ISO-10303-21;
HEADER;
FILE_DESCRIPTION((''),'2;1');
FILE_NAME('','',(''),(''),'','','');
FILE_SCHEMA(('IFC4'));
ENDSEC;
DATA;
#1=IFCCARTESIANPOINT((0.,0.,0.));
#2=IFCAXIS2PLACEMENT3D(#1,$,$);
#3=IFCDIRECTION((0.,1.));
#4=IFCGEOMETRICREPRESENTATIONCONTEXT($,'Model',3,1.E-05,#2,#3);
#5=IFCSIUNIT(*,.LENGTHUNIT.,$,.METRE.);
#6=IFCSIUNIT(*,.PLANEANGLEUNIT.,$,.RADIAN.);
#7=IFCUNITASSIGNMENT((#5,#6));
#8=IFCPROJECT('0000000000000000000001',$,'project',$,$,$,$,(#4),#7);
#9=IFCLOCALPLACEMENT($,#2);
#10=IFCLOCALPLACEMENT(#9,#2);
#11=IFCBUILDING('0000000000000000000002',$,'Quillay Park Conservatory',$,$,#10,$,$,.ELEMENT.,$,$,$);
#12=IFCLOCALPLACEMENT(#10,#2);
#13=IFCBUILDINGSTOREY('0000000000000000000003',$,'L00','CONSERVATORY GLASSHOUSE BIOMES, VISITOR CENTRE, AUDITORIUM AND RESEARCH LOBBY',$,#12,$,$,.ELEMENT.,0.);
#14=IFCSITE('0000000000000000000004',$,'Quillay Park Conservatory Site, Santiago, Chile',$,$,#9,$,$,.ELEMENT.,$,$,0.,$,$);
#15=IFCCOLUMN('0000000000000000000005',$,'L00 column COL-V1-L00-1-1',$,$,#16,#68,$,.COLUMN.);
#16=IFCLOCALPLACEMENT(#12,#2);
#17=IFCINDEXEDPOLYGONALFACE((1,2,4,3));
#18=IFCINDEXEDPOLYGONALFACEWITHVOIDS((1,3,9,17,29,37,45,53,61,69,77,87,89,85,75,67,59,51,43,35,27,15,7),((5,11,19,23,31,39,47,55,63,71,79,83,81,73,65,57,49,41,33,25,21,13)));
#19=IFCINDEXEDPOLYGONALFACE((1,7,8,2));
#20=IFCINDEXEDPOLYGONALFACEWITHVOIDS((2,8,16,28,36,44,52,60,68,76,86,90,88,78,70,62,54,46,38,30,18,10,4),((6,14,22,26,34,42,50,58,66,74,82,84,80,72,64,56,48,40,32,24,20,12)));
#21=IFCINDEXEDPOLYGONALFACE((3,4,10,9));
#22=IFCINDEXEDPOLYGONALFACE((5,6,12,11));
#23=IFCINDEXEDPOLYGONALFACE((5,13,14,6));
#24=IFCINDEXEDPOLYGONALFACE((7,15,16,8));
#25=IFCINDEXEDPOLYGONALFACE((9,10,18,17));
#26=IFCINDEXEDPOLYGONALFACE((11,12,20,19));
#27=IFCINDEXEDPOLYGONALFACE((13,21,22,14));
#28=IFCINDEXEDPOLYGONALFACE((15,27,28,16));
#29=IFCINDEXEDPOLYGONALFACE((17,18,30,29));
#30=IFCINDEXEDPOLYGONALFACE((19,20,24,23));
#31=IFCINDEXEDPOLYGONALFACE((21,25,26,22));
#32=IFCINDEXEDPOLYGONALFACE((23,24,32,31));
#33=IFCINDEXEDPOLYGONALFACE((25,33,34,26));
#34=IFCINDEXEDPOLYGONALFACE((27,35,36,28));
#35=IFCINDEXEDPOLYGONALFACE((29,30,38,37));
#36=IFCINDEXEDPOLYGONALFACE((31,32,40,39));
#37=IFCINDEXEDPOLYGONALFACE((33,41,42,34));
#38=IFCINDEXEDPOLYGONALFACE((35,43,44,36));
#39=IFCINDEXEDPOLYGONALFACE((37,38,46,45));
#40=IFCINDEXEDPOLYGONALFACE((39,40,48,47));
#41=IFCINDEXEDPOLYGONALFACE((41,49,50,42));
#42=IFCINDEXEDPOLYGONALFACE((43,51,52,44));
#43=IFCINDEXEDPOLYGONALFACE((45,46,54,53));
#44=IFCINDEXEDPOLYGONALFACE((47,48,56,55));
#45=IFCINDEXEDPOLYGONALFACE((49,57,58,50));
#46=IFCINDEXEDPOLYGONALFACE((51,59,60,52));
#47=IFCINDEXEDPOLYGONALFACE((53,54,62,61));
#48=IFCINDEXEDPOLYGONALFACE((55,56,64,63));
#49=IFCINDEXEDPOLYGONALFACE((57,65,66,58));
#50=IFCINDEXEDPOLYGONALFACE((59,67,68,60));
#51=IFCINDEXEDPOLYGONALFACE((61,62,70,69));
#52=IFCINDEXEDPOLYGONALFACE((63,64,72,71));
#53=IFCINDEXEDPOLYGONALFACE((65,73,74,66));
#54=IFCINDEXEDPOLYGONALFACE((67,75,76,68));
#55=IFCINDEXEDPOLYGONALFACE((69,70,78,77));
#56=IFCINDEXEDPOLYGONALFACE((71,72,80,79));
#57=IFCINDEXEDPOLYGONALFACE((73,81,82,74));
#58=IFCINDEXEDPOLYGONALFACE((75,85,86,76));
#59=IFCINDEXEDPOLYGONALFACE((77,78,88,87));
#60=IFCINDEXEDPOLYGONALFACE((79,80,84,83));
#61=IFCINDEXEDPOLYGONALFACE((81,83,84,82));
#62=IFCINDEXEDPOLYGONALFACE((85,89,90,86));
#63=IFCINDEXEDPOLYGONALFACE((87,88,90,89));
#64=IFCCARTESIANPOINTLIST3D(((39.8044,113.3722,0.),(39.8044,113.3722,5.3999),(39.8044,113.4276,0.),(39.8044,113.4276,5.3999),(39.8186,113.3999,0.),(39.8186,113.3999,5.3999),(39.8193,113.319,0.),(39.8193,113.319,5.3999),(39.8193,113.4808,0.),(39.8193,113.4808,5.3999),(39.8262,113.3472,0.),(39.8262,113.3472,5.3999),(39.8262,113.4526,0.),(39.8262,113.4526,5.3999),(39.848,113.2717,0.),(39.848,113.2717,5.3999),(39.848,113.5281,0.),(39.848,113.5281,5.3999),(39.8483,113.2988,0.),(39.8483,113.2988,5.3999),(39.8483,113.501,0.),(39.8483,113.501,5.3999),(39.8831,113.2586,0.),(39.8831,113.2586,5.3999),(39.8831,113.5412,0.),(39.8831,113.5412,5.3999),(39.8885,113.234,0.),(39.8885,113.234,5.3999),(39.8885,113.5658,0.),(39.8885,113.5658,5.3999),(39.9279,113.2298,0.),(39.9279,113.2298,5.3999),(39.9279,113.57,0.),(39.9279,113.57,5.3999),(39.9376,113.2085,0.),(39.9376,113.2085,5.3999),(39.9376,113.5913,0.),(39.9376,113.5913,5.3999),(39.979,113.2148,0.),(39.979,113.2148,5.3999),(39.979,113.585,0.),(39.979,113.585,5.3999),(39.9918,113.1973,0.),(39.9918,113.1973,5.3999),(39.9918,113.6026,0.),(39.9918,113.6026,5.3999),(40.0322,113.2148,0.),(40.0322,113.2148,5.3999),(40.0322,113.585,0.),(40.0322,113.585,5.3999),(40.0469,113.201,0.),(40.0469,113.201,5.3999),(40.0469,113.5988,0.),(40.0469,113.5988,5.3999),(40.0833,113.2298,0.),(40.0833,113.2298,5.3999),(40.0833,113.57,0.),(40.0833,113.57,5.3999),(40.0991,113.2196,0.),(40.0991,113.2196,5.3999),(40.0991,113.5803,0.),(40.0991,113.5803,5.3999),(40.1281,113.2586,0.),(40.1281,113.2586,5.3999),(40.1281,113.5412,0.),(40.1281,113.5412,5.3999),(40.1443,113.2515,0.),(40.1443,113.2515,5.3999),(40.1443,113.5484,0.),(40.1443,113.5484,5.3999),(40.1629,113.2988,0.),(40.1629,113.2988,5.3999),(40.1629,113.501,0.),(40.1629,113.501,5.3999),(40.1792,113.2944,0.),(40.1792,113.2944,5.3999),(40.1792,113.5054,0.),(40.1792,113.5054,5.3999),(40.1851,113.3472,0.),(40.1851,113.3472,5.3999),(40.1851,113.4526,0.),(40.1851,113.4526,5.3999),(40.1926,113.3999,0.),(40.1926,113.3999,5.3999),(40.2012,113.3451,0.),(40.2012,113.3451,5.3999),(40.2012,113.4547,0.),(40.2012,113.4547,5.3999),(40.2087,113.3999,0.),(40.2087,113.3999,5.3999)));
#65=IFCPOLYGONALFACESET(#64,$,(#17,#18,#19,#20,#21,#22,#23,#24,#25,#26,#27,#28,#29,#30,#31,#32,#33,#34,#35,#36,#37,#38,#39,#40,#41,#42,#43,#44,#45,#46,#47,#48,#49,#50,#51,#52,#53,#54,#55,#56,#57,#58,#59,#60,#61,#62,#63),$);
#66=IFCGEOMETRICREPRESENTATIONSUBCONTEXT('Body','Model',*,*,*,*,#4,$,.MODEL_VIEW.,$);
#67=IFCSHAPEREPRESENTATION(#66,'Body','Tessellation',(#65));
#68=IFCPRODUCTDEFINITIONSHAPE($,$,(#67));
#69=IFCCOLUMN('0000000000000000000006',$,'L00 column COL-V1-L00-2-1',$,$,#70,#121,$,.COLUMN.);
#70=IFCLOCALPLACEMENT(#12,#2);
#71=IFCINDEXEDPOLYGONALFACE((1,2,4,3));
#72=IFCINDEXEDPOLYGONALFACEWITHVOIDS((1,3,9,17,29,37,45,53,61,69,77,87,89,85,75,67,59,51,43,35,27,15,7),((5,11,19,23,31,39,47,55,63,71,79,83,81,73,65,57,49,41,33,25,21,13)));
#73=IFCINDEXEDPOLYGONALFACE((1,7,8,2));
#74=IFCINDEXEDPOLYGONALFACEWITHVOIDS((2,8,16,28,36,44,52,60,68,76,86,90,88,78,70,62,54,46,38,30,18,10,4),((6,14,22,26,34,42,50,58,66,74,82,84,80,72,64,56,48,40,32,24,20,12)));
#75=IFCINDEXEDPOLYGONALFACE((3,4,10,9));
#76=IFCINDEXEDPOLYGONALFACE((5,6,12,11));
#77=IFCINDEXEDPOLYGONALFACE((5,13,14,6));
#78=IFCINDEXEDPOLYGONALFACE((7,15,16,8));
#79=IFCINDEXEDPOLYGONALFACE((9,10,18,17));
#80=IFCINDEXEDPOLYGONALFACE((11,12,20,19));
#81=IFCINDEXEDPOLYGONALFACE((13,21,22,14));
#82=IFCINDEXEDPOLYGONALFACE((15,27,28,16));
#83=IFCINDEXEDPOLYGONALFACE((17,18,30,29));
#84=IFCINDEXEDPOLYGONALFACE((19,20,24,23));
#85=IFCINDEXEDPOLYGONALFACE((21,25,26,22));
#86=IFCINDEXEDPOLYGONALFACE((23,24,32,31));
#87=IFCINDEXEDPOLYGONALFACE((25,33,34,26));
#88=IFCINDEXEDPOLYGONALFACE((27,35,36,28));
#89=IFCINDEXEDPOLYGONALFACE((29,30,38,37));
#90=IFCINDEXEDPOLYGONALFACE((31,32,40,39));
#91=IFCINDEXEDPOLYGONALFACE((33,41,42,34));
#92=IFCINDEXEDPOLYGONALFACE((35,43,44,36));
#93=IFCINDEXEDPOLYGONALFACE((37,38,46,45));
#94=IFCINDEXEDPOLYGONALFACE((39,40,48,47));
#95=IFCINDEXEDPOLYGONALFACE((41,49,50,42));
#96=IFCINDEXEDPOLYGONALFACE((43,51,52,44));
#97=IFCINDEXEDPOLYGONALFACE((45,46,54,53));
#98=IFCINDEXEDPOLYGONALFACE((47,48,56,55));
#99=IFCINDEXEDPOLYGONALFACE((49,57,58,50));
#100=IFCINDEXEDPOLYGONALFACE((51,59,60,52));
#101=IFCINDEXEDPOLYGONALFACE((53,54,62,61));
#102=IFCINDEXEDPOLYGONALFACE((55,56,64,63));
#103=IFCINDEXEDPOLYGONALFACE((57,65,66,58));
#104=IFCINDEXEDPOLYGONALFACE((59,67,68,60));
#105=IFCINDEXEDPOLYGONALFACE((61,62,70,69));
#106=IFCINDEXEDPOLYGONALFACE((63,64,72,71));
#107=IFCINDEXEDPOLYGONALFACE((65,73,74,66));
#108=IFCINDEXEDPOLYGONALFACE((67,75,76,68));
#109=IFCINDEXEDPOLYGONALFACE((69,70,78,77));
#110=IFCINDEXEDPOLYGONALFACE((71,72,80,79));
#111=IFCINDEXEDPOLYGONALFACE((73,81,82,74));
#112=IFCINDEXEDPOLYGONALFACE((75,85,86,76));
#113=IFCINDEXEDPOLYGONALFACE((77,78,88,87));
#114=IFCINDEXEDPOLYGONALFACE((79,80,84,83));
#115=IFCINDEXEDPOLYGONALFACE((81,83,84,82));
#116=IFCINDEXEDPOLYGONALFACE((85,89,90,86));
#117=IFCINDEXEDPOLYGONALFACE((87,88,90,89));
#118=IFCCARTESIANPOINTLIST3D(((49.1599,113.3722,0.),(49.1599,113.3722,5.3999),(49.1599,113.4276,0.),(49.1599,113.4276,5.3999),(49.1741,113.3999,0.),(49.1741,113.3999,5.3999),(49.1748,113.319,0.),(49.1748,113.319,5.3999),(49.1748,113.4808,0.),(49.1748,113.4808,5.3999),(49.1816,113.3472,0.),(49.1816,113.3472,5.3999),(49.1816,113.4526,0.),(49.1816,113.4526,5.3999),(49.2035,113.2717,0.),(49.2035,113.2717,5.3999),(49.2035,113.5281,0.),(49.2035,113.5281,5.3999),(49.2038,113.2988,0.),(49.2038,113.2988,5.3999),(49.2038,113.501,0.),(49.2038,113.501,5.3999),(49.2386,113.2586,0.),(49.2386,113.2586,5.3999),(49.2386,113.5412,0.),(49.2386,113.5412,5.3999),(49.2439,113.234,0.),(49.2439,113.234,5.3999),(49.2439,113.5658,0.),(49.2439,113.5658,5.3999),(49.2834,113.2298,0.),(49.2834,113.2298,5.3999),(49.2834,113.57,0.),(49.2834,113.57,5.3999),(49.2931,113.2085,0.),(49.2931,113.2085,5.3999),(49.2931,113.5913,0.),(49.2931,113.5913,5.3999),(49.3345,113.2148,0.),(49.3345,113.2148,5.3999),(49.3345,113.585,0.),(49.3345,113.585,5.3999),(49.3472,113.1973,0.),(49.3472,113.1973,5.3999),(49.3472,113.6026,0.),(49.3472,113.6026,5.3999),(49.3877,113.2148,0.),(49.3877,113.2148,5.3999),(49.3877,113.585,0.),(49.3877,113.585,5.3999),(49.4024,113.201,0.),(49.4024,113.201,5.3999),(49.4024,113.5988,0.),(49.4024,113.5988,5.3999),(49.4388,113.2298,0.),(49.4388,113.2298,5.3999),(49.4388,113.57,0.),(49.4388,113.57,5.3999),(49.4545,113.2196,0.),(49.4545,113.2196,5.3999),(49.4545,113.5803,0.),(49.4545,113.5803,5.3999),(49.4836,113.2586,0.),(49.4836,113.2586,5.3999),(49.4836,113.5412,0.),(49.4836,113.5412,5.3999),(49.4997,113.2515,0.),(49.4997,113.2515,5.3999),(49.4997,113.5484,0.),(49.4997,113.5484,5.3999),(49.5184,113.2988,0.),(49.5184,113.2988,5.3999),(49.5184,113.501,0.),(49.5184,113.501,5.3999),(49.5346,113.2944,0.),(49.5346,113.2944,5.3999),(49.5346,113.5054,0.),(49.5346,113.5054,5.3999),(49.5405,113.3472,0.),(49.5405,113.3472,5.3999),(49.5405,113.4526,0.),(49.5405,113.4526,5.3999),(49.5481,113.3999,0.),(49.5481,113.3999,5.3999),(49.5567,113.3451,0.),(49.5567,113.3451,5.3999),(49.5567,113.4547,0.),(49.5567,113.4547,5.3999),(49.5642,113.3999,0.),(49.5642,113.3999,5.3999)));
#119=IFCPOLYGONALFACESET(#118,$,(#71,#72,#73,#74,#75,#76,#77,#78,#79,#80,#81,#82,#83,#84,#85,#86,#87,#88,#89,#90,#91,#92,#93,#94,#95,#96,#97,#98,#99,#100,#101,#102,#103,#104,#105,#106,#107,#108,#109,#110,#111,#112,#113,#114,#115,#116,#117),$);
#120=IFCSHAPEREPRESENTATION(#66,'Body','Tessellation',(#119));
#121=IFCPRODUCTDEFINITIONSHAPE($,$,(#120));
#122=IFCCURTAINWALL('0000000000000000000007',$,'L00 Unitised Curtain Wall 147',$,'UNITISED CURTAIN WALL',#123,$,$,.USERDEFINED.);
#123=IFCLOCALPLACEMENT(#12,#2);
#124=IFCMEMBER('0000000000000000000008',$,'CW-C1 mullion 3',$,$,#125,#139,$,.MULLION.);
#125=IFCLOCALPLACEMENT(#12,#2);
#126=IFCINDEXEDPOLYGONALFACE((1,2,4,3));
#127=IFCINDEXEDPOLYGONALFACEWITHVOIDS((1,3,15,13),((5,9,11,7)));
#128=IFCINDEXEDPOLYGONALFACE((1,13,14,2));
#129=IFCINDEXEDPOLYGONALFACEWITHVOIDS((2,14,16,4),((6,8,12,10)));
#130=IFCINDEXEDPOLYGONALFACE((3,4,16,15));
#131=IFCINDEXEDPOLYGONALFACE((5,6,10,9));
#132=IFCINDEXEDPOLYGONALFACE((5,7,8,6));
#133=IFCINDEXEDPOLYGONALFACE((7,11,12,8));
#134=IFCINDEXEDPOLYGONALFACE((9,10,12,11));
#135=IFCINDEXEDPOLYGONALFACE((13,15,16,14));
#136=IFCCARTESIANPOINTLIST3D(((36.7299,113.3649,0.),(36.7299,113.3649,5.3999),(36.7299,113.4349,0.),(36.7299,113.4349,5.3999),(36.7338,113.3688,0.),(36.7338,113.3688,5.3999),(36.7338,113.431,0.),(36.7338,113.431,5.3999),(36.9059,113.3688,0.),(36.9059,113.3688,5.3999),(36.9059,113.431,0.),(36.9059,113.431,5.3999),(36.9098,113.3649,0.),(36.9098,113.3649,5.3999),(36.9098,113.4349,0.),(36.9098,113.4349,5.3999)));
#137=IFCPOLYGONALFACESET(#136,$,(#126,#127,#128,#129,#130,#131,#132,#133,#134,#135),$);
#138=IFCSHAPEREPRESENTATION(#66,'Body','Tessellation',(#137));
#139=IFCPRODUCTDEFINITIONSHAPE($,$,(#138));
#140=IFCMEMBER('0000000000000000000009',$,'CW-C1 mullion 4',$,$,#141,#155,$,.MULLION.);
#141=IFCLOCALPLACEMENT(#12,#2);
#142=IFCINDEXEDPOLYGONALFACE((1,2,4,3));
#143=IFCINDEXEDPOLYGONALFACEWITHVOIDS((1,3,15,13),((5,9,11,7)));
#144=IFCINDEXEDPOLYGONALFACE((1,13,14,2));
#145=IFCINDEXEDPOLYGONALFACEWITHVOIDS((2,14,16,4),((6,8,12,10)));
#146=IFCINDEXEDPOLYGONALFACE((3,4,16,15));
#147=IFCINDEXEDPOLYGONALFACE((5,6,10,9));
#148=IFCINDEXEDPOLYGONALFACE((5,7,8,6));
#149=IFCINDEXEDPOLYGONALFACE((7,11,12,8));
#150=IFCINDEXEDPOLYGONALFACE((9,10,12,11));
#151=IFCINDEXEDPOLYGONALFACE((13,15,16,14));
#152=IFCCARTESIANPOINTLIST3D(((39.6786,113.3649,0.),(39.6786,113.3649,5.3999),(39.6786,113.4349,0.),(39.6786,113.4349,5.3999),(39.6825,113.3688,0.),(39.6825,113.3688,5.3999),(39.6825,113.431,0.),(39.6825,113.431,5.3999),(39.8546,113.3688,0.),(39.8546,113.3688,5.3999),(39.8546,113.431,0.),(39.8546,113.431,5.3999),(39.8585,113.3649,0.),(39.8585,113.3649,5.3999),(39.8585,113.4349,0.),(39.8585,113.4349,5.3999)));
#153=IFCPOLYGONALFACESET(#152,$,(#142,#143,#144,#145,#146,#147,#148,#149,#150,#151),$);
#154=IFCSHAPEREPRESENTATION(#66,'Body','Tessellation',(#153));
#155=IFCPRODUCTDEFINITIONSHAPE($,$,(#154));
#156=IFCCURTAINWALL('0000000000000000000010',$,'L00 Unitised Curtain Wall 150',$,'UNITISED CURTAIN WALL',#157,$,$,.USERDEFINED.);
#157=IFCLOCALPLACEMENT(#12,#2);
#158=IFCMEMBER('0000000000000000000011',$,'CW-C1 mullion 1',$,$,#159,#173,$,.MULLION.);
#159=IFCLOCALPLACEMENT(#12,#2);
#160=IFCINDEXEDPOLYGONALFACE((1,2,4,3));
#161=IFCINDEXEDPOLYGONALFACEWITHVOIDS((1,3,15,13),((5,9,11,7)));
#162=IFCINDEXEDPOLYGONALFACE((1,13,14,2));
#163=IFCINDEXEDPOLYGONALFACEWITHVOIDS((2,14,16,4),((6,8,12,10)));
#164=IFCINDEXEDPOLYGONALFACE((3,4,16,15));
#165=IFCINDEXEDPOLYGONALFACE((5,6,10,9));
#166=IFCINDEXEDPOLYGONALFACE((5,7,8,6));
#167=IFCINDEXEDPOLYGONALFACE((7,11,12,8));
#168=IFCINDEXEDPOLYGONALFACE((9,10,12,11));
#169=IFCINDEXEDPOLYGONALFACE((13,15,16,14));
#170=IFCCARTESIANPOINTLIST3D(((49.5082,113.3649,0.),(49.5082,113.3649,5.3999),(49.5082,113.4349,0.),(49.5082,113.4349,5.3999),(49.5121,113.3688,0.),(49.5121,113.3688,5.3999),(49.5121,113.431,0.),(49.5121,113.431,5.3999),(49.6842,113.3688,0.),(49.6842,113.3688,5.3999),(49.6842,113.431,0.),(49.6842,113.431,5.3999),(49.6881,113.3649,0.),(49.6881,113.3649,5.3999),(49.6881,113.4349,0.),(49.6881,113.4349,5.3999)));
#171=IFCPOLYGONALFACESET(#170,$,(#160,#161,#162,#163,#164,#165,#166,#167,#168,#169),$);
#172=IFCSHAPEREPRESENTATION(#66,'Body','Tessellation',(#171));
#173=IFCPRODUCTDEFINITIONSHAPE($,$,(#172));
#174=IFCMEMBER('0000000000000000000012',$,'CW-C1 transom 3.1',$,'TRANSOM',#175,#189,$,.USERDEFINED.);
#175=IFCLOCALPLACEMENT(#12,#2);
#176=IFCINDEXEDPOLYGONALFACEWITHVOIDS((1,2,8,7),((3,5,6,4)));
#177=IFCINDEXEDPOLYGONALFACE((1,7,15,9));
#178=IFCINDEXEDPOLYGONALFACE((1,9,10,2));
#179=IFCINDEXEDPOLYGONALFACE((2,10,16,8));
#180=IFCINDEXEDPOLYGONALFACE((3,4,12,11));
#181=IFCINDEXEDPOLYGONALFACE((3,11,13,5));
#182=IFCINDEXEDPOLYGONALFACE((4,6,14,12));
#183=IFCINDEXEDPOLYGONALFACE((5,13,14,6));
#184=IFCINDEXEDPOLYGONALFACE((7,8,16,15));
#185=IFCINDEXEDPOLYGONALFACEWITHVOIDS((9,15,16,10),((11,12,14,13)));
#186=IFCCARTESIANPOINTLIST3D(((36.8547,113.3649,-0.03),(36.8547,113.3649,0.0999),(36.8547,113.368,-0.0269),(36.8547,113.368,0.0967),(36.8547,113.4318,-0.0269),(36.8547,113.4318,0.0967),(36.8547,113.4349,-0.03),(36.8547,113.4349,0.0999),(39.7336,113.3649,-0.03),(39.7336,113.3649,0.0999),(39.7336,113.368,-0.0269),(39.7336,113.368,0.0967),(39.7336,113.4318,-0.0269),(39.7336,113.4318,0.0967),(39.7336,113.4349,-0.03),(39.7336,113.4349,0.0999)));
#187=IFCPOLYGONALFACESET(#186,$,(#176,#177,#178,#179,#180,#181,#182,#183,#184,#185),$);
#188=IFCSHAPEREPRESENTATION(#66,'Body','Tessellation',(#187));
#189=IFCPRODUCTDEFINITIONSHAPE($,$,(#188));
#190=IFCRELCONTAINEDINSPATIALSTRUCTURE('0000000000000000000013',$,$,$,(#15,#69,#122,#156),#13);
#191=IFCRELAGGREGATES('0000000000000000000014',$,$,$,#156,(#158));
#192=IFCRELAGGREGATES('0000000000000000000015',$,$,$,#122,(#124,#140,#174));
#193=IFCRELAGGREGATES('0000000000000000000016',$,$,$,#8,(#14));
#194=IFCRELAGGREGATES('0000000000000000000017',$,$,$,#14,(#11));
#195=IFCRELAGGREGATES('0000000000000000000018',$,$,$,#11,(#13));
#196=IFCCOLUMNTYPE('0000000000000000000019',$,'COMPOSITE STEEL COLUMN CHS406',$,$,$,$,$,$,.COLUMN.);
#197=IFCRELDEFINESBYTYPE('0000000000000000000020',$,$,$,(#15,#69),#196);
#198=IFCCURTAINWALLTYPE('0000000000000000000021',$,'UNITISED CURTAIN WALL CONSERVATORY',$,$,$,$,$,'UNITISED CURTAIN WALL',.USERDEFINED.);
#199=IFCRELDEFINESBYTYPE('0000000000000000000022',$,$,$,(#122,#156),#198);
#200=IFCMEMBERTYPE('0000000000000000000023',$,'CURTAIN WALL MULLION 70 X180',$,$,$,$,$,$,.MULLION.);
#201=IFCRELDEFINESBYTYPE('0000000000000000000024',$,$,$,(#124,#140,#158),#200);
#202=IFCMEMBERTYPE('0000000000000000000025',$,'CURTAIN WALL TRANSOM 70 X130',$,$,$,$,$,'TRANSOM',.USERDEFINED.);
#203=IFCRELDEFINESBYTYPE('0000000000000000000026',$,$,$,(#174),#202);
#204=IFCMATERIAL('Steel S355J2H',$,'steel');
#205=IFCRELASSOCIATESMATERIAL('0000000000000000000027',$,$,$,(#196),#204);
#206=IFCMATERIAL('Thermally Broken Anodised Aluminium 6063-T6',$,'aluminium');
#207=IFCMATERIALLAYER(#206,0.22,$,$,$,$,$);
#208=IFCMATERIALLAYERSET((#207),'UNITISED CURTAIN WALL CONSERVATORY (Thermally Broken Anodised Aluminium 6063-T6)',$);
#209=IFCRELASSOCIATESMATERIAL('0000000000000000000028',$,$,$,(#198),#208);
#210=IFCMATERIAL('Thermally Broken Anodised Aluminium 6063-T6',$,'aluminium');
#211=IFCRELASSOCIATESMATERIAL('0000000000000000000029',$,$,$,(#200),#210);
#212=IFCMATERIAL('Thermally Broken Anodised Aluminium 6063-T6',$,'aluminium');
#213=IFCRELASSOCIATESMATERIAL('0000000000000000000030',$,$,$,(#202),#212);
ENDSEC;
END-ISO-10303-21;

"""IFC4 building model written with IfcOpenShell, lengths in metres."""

from ifc_helpers import new_model, si_unit, direction, frame, origin, origin_2d, place, context, subcontext, project, spatial, hollow_rectangle, hollow_circle, extrude, material, layer, layer_set, material_profile, profile_set, type_object, element, aggregate, save


model = new_model("IFC4")

# Units and contexts
model_context = context("Model", 3, precision=1e-05, world=origin(), true_north=direction((0.0, 1.0)))
body_context = subcontext(model_context, "Body", "Model", "MODEL_VIEW")
ifc_project = project(units=[si_unit("LENGTHUNIT", "METRE"), si_unit("PLANEANGLEUNIT", "RADIAN")], contexts=[model_context])

# Site, building, storey
site_placement = place(None, origin())
site = spatial("IfcSite", under=ifc_project, at=site_placement, Name="Quillay Park Conservatory Site, Santiago, Chile", CompositionType="ELEMENT", RefElevation=0.0)
building_placement = place(site_placement, origin())
building = spatial("IfcBuilding", under=site, at=building_placement, Name="Quillay Park Conservatory", CompositionType="ELEMENT")
storey_placement = place(building_placement, origin())
storey = spatial("IfcBuildingStorey", under=building, at=storey_placement, Name="L00", Description="CONSERVATORY GLASSHOUSE BIOMES, VISITOR CENTRE, AUDITORIUM AND RESEARCH LOBBY", CompositionType="ELEMENT", Elevation=0.0)

# Columns
ifc_material_1 = material(Name="Steel S355J2H", Category="steel")
ifc_material_profile_1 = material_profile(ifc_material_1, hollow_circle(Radius=0.2031, WallThickness=0.0161, at=origin_2d()), Name="CHS406.4x16")
ifc_profile_set_1 = profile_set([ifc_material_profile_1], Name="Steel S355J2H")
column_type = type_object("IfcColumnType", Name="COMPOSITE STEEL COLUMN CHS406", PredefinedType="COLUMN", material=ifc_profile_set_1)
for number, where, z_axis, x_axis, name in (
    (1, (40.0056, 113.3999, 0.0), (0.0, 0.0, 1.0), (1.0, 0.0, 0.0), "L00 column COL-V1-L00-1-1"),
    (2, (49.3611, 113.3999, 0.0), (0.0, 0.0, 1.0), (1.0, 0.0, 0.0), "L00 column COL-V1-L00-2-1"),
):
    element("IfcColumn", number, at=place(storey_placement, frame(where, z_axis=z_axis, x_axis=x_axis)), inside=storey, type_object=column_type, Name=name, PredefinedType="COLUMN", context=body_context, shape_type="SweptSolid", body=[
        extrude(hollow_circle(Radius=0.2031, WallThickness=0.0161, at=origin_2d()), origin(), (0.0, 0.0, 1.0), 5.3999),
    ])

# Curtain wall, members
ifc_material_2 = material(Name="Thermally Broken Anodised Aluminium 6063-T6", Category="aluminium")
ifc_layer_1 = layer(ifc_material_2, 0.22)
ifc_layer_set_1 = layer_set([ifc_layer_1], Name="UNITISED CURTAIN WALL CONSERVATORY (Thermally Broken Anodised Aluminium 6063-T6)")
curtain_wall_type = type_object("IfcCurtainWallType", Name="UNITISED CURTAIN WALL CONSERVATORY", ElementType="UNITISED CURTAIN WALL", PredefinedType="USERDEFINED", material=ifc_layer_set_1)
curtain_wall_1_placement = place(storey_placement, origin())
curtain_wall_1 = element("IfcCurtainWall", 3, at=curtain_wall_1_placement, inside=storey, type_object=curtain_wall_type, Name="L00 Unitised Curtain Wall 147", ObjectType="UNITISED CURTAIN WALL", PredefinedType="USERDEFINED")
ifc_material_3 = material(Name="Thermally Broken Anodised Aluminium 6063-T6", Category="aluminium")
ifc_material_profile_2 = material_profile(ifc_material_3, hollow_rectangle(XDim=0.0701, YDim=0.1799, WallThickness=0.0039, at=origin_2d()), Name="AL70x180x4")
ifc_profile_set_2 = profile_set([ifc_material_profile_2], Name="Thermally Broken Anodised Aluminium 6063-T6")
member_type_1 = type_object("IfcMemberType", Name="CURTAIN WALL MULLION 70 X180", PredefinedType="MULLION", material=ifc_profile_set_2)
member_1_placement = place(storey_placement, frame((36.8198, 113.3999, 0.0), z_axis=(0.0, 0.0, 1.0), x_axis=(0.0, 1.0, 0.0)))
member_1 = element("IfcMember", 4, at=member_1_placement, type_object=member_type_1, Name="CW-C1 mullion 3", PredefinedType="MULLION", context=body_context, shape_type="SweptSolid", body=[
    extrude(hollow_rectangle(XDim=0.0701, YDim=0.1799, WallThickness=0.0039, at=origin_2d()), origin(), (0.0, 0.0, 1.0), 5.3999),
])
member_2_placement = place(storey_placement, frame((39.7686, 113.3999, 0.0), z_axis=(0.0, 0.0, 1.0), x_axis=(0.0, 1.0, 0.0)))
member_2 = element("IfcMember", 5, at=member_2_placement, type_object=member_type_1, Name="CW-C1 mullion 4", PredefinedType="MULLION", context=body_context, shape_type="SweptSolid", body=[
    extrude(hollow_rectangle(XDim=0.0701, YDim=0.1799, WallThickness=0.0039, at=origin_2d()), origin(), (0.0, 0.0, 1.0), 5.3999),
])

# Curtain wall, member
curtain_wall_2_placement = place(storey_placement, origin())
curtain_wall_2 = element("IfcCurtainWall", 6, at=curtain_wall_2_placement, inside=storey, type_object=curtain_wall_type, Name="L00 Unitised Curtain Wall 150", ObjectType="UNITISED CURTAIN WALL", PredefinedType="USERDEFINED")
member_3_placement = place(storey_placement, frame((49.5981, 113.3999, 0.0), z_axis=(0.0, 0.0, 1.0), x_axis=(0.0, 1.0, 0.0)))
member_3 = element("IfcMember", 7, at=member_3_placement, type_object=member_type_1, Name="CW-C1 mullion 1", PredefinedType="MULLION", context=body_context, shape_type="SweptSolid", body=[
    extrude(hollow_rectangle(XDim=0.0701, YDim=0.1799, WallThickness=0.0039, at=origin_2d()), origin(), (0.0, 0.0, 1.0), 5.3999),
])

# Member
ifc_material_4 = material(Name="Thermally Broken Anodised Aluminium 6063-T6", Category="aluminium")
ifc_material_profile_3 = material_profile(ifc_material_4, hollow_rectangle(XDim=0.0701, YDim=0.1299, WallThickness=0.0032, at=origin_2d()), Name="AL70x130x3.2")
ifc_profile_set_3 = profile_set([ifc_material_profile_3], Name="Thermally Broken Anodised Aluminium 6063-T6")
member_type_2 = type_object("IfcMemberType", Name="CURTAIN WALL TRANSOM 70 X130", ElementType="TRANSOM", PredefinedType="USERDEFINED", material=ifc_profile_set_3)
member_4_placement = place(storey_placement, frame((36.8547, 113.3999, 0.0349), z_axis=(1.0, 0.0, 0.0), x_axis=(0.0, 1.0, 0.0)))
member_4 = element("IfcMember", 8, at=member_4_placement, type_object=member_type_2, Name="CW-C1 transom 3.1", ObjectType="TRANSOM", PredefinedType="USERDEFINED", context=body_context, shape_type="SweptSolid", body=[
    extrude(hollow_rectangle(XDim=0.0701, YDim=0.1299, WallThickness=0.0032, at=origin_2d()), origin(), (0.0, 0.0, 1.0), 2.8789),
])
aggregate(curtain_wall_2, [member_3])

aggregate(curtain_wall_1, [member_1, member_2, member_4])

save(model, "model.ifc")
